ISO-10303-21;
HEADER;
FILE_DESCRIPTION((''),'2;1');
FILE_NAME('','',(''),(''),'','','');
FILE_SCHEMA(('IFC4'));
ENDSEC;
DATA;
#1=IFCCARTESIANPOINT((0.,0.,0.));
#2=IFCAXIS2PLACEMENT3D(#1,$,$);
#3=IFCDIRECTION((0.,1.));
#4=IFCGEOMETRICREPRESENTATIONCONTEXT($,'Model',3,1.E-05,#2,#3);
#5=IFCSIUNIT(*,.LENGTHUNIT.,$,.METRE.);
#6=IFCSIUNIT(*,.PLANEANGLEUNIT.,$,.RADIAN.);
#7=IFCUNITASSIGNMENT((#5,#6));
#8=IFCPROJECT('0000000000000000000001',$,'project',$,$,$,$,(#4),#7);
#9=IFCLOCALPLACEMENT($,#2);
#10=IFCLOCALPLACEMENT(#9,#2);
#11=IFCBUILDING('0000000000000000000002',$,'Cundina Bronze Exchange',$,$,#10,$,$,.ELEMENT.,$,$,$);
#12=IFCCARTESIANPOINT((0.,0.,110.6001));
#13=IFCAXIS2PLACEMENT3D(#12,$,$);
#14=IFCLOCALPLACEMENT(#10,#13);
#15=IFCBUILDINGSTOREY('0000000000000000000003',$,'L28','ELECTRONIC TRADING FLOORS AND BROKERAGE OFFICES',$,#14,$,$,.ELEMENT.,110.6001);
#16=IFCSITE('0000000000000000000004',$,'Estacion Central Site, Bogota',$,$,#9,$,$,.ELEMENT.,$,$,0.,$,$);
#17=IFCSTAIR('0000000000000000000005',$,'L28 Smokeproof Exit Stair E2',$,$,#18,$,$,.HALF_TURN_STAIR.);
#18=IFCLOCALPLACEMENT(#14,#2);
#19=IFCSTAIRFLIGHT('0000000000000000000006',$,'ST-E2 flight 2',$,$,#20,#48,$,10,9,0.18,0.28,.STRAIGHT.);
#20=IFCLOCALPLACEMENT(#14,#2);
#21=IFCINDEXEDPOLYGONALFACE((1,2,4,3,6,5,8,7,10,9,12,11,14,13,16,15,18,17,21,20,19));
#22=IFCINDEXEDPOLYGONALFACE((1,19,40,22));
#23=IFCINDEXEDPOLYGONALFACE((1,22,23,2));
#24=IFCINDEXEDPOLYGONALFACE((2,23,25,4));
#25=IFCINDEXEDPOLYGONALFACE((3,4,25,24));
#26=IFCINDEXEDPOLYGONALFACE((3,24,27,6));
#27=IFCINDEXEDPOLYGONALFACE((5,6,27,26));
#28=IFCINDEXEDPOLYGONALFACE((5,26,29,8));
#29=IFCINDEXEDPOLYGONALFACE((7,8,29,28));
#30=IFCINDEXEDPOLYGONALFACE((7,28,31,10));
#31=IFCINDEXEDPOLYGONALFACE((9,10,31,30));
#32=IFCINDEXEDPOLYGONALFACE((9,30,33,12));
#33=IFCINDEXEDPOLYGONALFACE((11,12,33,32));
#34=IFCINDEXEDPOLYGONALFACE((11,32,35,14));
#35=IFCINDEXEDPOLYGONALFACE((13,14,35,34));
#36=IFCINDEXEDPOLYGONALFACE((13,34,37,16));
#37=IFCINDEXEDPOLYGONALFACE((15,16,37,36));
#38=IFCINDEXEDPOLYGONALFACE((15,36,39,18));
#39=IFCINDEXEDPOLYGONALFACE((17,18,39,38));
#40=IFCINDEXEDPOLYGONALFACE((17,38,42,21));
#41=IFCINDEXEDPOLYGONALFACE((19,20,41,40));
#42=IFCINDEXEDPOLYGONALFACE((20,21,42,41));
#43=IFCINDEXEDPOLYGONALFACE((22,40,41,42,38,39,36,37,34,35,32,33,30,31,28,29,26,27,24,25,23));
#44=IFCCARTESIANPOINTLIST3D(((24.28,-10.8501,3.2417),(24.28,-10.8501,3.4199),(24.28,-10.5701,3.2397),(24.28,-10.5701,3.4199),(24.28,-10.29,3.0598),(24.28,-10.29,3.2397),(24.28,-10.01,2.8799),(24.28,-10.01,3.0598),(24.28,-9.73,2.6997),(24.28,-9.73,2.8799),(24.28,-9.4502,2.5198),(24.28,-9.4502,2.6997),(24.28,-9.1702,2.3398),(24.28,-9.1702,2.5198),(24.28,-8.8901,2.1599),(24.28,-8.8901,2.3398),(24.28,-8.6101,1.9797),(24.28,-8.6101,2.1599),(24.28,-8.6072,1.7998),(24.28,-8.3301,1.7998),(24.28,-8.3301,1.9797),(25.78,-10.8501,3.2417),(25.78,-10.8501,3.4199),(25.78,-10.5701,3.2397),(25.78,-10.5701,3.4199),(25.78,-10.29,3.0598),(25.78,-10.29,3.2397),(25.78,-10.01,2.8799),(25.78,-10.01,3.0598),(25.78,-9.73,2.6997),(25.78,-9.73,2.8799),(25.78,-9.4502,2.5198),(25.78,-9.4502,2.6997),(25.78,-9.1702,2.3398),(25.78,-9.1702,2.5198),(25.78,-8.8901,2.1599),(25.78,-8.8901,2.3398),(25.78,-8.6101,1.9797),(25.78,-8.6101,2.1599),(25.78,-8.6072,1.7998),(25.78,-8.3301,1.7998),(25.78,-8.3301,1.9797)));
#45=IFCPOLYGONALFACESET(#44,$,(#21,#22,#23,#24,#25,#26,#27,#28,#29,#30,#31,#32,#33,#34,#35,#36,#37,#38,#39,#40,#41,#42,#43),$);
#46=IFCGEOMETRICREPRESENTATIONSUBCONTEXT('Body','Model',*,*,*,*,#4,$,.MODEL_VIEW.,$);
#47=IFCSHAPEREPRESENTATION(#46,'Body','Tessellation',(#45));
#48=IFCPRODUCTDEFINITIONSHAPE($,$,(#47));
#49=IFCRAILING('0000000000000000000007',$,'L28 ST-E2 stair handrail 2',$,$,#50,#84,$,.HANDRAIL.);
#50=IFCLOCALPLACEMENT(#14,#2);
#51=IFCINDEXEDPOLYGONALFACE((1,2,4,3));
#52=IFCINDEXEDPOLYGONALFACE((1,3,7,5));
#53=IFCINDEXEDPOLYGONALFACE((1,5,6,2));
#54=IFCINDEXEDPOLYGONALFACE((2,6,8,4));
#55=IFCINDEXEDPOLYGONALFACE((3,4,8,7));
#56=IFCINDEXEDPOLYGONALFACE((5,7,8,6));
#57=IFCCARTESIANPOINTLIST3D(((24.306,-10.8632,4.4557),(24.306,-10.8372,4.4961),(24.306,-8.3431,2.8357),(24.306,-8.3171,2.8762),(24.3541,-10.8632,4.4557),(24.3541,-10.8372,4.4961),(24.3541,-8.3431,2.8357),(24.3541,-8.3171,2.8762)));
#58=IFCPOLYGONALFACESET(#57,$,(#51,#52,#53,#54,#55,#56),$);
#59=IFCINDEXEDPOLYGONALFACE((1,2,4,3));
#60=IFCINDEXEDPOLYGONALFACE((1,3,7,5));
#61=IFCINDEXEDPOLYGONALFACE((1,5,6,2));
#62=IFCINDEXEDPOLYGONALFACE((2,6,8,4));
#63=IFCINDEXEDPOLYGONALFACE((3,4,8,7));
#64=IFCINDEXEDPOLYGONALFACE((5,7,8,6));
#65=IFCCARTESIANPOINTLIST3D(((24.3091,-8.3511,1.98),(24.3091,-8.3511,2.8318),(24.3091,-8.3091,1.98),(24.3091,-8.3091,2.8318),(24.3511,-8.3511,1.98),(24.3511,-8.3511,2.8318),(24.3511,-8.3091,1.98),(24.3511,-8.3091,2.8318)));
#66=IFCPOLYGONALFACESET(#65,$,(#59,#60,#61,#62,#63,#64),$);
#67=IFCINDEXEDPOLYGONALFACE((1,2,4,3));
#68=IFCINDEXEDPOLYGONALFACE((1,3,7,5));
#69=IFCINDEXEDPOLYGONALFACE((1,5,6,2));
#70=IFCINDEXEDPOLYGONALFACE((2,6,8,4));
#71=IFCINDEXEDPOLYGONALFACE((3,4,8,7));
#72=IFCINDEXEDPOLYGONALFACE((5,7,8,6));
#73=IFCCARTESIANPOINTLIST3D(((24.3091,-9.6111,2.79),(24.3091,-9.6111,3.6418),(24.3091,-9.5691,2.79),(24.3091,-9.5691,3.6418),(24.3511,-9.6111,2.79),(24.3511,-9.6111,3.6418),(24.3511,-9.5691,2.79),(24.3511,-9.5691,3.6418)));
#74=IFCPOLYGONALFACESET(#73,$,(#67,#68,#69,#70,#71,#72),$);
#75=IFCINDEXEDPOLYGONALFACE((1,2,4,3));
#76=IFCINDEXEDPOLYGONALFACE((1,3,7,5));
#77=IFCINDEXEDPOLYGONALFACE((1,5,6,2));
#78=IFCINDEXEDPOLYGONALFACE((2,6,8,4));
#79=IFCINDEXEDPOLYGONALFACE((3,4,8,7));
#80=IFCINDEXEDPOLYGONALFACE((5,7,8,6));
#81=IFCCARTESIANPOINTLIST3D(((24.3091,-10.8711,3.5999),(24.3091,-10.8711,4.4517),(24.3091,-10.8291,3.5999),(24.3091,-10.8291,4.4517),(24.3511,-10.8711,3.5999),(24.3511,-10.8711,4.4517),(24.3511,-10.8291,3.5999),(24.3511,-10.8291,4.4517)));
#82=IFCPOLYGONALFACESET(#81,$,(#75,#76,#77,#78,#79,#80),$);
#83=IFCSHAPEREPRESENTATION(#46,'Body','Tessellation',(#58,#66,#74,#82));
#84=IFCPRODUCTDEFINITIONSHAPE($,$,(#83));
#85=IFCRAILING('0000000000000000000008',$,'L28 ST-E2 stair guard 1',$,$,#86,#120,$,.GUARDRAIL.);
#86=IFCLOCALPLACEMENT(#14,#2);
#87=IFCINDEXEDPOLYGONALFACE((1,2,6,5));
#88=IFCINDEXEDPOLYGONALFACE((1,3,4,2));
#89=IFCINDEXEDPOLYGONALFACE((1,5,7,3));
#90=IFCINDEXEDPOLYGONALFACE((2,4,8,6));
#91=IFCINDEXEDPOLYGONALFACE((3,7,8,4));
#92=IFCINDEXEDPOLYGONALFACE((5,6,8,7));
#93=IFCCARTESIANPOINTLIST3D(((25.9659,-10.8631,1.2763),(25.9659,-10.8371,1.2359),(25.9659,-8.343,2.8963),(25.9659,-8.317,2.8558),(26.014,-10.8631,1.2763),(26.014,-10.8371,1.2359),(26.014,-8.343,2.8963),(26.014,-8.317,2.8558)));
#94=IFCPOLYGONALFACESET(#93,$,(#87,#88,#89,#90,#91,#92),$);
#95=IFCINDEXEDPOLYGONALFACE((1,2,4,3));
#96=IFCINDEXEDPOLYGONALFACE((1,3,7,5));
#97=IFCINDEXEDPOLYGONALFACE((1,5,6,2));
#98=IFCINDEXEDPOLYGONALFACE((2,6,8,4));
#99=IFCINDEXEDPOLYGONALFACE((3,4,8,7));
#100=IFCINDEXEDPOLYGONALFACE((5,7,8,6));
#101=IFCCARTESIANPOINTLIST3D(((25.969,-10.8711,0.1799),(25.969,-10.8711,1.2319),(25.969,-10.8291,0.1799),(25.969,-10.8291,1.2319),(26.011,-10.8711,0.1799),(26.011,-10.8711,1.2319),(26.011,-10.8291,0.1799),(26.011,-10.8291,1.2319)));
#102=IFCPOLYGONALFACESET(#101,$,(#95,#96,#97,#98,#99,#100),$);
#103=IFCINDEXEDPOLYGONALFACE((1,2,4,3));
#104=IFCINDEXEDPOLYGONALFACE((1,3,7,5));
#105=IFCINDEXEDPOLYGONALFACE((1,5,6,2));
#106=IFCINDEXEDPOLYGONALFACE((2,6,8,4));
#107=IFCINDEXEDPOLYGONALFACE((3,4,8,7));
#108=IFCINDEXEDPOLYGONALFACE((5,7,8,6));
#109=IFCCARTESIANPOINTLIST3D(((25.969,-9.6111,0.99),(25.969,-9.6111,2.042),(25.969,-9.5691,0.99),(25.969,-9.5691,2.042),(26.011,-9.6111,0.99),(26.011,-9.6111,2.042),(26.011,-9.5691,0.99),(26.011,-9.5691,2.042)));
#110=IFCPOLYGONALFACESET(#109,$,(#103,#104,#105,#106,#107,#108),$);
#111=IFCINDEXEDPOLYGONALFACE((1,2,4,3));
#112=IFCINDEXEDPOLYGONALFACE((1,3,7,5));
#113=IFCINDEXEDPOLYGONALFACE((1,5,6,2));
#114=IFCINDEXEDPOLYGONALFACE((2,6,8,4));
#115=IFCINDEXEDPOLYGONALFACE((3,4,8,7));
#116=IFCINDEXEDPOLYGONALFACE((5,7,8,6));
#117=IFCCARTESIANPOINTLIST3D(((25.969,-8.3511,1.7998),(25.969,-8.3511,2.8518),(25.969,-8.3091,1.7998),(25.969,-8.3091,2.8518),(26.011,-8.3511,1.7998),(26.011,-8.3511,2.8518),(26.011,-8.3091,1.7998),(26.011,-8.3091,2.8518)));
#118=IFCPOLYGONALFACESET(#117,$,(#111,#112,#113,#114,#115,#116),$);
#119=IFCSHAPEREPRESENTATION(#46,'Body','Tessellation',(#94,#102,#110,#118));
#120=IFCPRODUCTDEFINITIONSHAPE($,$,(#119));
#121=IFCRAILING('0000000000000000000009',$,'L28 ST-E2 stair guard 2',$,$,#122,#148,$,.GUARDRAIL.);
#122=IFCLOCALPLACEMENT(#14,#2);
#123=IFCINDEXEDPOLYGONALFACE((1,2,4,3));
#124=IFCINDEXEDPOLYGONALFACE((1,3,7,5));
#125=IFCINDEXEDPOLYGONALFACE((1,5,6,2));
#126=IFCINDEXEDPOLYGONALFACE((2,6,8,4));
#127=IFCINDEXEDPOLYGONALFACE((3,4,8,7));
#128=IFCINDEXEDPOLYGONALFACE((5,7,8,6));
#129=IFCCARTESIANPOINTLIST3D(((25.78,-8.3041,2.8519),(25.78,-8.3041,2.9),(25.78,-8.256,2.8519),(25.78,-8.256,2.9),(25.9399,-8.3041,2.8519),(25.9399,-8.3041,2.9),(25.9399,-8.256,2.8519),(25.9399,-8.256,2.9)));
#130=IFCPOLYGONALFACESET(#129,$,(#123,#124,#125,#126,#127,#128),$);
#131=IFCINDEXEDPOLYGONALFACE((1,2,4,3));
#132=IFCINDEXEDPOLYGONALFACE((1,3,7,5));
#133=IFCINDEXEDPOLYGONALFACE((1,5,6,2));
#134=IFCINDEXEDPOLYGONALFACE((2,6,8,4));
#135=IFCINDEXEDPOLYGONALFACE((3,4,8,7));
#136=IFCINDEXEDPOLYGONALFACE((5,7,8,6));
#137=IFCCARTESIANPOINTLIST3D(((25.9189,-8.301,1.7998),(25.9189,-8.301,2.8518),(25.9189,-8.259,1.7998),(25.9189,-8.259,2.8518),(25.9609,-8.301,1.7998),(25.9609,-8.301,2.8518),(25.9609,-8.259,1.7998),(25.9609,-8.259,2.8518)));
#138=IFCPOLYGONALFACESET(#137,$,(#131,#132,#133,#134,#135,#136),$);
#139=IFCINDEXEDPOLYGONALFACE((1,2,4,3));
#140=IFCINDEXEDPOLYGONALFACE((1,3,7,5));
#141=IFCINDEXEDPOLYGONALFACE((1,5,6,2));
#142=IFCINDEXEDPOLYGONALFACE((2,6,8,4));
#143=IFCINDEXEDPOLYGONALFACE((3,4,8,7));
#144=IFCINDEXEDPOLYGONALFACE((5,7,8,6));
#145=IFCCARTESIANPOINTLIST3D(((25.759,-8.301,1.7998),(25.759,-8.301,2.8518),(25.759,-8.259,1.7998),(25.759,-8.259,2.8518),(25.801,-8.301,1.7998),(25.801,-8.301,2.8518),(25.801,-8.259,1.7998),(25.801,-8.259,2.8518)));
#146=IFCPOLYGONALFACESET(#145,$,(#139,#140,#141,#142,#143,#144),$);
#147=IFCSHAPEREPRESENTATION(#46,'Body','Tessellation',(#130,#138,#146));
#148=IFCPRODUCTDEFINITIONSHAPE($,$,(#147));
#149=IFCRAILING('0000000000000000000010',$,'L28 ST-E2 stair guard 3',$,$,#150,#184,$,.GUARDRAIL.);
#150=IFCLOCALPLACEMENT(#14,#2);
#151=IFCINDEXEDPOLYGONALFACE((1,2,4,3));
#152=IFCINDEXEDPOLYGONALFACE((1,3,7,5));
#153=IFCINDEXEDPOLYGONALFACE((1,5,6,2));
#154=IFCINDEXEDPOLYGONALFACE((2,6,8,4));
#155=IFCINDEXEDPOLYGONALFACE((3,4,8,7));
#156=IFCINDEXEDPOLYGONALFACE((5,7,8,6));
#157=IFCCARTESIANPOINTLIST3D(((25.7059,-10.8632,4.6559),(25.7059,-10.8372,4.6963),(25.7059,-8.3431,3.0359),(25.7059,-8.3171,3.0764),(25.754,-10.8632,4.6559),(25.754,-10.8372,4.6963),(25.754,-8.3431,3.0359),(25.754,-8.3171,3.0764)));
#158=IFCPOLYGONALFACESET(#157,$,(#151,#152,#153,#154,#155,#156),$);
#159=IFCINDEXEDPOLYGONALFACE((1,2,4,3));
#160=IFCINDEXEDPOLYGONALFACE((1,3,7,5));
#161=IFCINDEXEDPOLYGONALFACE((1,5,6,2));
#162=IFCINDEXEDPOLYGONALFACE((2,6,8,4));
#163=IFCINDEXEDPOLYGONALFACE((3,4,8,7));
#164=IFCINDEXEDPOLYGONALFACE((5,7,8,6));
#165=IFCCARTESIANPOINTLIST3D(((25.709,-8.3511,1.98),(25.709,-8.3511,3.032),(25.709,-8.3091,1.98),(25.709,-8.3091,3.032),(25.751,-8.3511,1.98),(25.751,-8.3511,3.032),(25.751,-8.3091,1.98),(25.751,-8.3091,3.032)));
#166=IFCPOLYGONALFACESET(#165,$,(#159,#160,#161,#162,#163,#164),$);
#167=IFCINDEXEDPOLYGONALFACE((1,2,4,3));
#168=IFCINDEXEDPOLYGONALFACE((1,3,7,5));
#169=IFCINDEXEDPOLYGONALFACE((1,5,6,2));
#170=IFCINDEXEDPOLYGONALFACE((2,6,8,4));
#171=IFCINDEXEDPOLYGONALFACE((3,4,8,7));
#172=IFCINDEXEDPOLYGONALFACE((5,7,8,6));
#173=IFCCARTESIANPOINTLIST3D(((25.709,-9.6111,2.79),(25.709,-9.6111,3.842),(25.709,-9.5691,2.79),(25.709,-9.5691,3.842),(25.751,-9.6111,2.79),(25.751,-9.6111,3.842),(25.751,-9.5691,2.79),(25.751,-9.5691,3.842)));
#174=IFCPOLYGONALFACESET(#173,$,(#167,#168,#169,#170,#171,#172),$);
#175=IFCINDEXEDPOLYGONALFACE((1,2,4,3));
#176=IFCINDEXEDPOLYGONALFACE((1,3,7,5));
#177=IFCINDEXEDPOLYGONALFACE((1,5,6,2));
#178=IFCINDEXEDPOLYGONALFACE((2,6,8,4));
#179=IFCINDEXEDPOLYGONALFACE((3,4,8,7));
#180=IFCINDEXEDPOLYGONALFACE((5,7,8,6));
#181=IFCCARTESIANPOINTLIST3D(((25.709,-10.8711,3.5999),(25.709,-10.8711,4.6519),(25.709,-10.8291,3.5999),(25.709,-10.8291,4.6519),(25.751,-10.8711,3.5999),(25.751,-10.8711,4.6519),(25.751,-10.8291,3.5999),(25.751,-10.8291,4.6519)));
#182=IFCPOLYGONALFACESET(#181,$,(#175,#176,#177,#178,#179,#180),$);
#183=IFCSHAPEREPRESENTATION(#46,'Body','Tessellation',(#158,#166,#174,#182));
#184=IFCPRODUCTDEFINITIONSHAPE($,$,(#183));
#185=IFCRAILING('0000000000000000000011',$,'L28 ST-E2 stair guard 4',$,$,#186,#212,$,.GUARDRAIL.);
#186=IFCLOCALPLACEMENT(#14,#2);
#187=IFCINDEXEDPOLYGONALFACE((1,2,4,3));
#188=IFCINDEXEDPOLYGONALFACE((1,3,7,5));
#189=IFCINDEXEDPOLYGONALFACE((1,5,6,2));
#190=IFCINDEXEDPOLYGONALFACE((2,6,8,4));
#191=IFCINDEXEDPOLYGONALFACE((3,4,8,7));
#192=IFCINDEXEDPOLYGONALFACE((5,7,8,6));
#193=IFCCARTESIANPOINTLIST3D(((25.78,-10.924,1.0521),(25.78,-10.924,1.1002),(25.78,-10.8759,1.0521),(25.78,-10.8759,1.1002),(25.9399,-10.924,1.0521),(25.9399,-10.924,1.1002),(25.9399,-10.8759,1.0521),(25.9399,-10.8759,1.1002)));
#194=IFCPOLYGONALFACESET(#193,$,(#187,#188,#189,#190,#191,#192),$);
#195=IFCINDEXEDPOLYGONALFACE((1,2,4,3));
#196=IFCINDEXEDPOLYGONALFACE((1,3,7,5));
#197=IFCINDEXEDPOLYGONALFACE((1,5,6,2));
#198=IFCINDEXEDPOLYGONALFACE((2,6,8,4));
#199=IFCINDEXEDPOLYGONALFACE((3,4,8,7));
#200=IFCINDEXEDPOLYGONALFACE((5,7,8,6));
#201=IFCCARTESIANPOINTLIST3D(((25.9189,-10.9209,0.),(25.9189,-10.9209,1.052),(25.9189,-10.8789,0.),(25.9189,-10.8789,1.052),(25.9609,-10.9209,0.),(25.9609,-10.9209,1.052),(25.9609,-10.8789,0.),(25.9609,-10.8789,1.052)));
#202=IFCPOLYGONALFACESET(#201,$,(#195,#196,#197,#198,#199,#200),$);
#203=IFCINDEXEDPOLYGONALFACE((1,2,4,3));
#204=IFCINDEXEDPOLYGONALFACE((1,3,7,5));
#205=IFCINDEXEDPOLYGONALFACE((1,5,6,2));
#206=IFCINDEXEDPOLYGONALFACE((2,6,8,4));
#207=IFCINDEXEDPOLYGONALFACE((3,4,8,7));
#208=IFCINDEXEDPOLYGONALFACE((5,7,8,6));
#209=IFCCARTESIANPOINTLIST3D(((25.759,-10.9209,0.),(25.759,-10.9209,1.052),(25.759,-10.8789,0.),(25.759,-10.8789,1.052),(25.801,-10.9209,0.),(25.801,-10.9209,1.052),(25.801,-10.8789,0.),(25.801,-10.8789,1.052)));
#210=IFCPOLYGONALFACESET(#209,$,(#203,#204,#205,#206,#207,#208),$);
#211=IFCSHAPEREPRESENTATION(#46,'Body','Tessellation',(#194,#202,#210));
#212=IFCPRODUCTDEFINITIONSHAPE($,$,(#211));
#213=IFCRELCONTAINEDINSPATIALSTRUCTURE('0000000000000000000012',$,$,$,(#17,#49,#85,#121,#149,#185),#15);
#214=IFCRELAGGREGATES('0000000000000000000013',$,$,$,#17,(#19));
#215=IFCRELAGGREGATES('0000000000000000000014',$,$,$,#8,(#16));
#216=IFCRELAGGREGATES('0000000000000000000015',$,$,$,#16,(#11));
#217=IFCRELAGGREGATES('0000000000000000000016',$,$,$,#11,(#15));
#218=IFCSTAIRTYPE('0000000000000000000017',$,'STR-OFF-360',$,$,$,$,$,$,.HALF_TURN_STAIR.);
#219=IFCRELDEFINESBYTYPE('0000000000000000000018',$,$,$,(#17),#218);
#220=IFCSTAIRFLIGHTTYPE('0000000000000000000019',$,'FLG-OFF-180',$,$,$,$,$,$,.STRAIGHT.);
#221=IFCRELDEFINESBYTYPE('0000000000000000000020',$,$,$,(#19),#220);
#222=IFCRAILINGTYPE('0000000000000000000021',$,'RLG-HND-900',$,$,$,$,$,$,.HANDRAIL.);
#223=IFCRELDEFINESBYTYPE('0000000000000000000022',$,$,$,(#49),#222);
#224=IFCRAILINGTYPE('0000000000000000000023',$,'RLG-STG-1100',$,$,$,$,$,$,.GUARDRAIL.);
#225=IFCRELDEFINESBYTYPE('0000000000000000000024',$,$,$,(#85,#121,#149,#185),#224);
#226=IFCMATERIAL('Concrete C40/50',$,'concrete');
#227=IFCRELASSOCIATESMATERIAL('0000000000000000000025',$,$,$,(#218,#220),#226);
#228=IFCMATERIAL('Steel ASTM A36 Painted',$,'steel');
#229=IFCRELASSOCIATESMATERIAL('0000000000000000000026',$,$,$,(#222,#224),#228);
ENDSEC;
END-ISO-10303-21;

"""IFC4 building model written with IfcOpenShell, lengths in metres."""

from ifc_helpers import new_model, si_unit, direction, frame, origin, origin_2d, place, context, subcontext, project, spatial, polyline, rectangle, outline, extrude, material, type_object, element, aggregate, save


model = new_model("IFC4")

# Units and contexts
model_context = context("Model", 3, precision=1e-05, world=origin(), true_north=direction((0.0, 1.0)))
body_context = subcontext(model_context, "Body", "Model", "MODEL_VIEW")
ifc_project = project(units=[si_unit("LENGTHUNIT", "METRE"), si_unit("PLANEANGLEUNIT", "RADIAN")], contexts=[model_context])

# Site, building, storey
site_placement = place(None, origin())
site = spatial("IfcSite", under=ifc_project, at=site_placement, Name="Estacion Central Site, Bogota", CompositionType="ELEMENT", RefElevation=0.0)
building_placement = place(site_placement, origin())
building = spatial("IfcBuilding", under=site, at=building_placement, Name="Cundina Bronze Exchange", CompositionType="ELEMENT")
storey_placement = place(building_placement, frame((0.0, 0.0, 110.6001)))
storey = spatial("IfcBuildingStorey", under=building, at=storey_placement, Name="L28", Description="ELECTRONIC TRADING FLOORS AND BROKERAGE OFFICES", CompositionType="ELEMENT", Elevation=110.6001)

# Shared definitions
ifc_material_1 = material(Name="Steel ASTM A36 Painted", Category="steel")

# Stair, stair flight
ifc_material_2 = material(Name="Concrete C40/50", Category="concrete")
stair_type = type_object("IfcStairType", Name="STR-OFF-360", PredefinedType="HALF_TURN_STAIR", material=ifc_material_2)
stair_placement = place(storey_placement, origin())
stair = element("IfcStair", 1, at=stair_placement, inside=storey, type_object=stair_type, Name="L28 Smokeproof Exit Stair E2", PredefinedType="HALF_TURN_STAIR")
stair_flight_type = type_object("IfcStairFlightType", Name="FLG-OFF-180", PredefinedType="STRAIGHT", material=ifc_material_2)
stair_flight_1_placement = place(storey_placement, frame((25.03, -8.3301, 1.7998), z_axis=(0.0, 0.0, 1.0), x_axis=(0.0, -1.0, 0.0)))
stair_flight_1 = element("IfcStairFlight", 2, at=stair_flight_1_placement, type_object=stair_flight_type, Name="ST-E2 flight 2", NumberOfRisers=10, NumberOfTreads=9, PredefinedType="STRAIGHT", RiserHeight=0.18, TreadLength=0.28, context=body_context, shape_type="SweptSolid", body=[
    extrude(outline(polyline([(0.0, 0.0), (0.0, 0.1799), (0.28, 0.1799), (0.28, 0.3601), (0.5601, 0.3601), (0.5601, 0.54), (0.8401, 0.54), (0.8401, 0.72), (1.1201, 0.72), (1.1201, 0.8999), (1.3999, 0.8999), (1.3999, 1.0801), (1.6799, 1.0801), (1.6799, 1.26), (1.96, 1.26), (1.96, 1.4399), (2.24, 1.4399), (2.24, 1.6201), (2.52, 1.6201), (2.52, 1.8), (2.52, 1.4419), (0.2771, 0.0), (0.0, 0.0)])), frame((0.0, 0.75, 0.0), z_axis=(0.0, -1.0, 0.0), x_axis=(1.0, 0.0, 0.0)), (0.0, 0.0, 1.0), 1.5),
])
aggregate(stair, [stair_flight_1])

# Railings
railing_type_1 = type_object("IfcRailingType", Name="RLG-HND-900", PredefinedType="HANDRAIL", material=ifc_material_1)
railing_1_placement = place(storey_placement, frame((24.3301, -8.3301, 1.98)))
element("IfcRailing", 3, at=railing_1_placement, inside=storey, type_object=railing_type_1, Name="L28 ST-E2 stair handrail 2", PredefinedType="HANDRAIL", context=body_context, shape_type="SweptSolid", body=[
    extrude(rectangle(XDim=0.0481, YDim=0.0481, at=origin_2d()), frame((0.0, 0.0, 0.876), z_axis=(0.0, -0.8412, 0.540725), x_axis=(1.0, 0.0, 0.0)), (0.0, 0.0, 1.0), 2.9958),
    extrude(rectangle(XDim=0.042, YDim=0.042, at=origin_2d()), origin(), (0.0, 0.0, 1.0), 0.8518),
    extrude(rectangle(XDim=0.042, YDim=0.042, at=origin_2d()), frame((0.0, -1.26, 0.8101)), (0.0, 0.0, 1.0), 0.8518),
    extrude(rectangle(XDim=0.042, YDim=0.042, at=origin_2d()), frame((0.0, -2.52, 1.6199)), (0.0, 0.0, 1.0), 0.8518),
])
railing_type_2 = type_object("IfcRailingType", Name="RLG-STG-1100", PredefinedType="GUARDRAIL", material=ifc_material_1)
railing_2_placement = place(storey_placement, frame((25.99, -10.8501, 0.1799)))
element("IfcRailing", 4, at=railing_2_placement, inside=storey, type_object=railing_type_2, Name="L28 ST-E2 stair guard 1", PredefinedType="GUARDRAIL", context=body_context, shape_type="SweptSolid", body=[
    extrude(rectangle(XDim=0.0481, YDim=0.0481, at=origin_2d()), frame((0.0, 0.0, 1.0762), z_axis=(0.0, 0.8412, 0.540725), x_axis=(-1.0, 0.0, 0.0)), (0.0, 0.0, 1.0), 2.9958),
    extrude(rectangle(XDim=0.042, YDim=0.042, at=origin_2d()), origin(), (0.0, 0.0, 1.0), 1.052),
    extrude(rectangle(XDim=0.042, YDim=0.042, at=origin_2d()), frame((0.0, 1.26, 0.8101)), (0.0, 0.0, 1.0), 1.052),
    extrude(rectangle(XDim=0.042, YDim=0.042, at=origin_2d()), frame((0.0, 2.52, 1.6199)), (0.0, 0.0, 1.0), 1.052),
])
railing_3_placement = place(storey_placement, frame((25.9399, -8.28, 1.7998)))
element("IfcRailing", 5, at=railing_3_placement, inside=storey, type_object=railing_type_2, Name="L28 ST-E2 stair guard 2", PredefinedType="GUARDRAIL", context=body_context, shape_type="SweptSolid", body=[
    extrude(rectangle(XDim=0.0481, YDim=0.0481, at=origin_2d()), frame((0.0, 0.0, 1.0762), z_axis=(-1.0, 0.0, 0.0), x_axis=(0.0, -1.0, 0.0)), (0.0, 0.0, 1.0), 0.1599),
    extrude(rectangle(XDim=0.042, YDim=0.042, at=origin_2d()), origin(), (0.0, 0.0, 1.0), 1.052),
    extrude(rectangle(XDim=0.042, YDim=0.042, at=origin_2d()), frame((-0.1599, 0.0, 0.0)), (0.0, 0.0, 1.0), 1.052),
])
railing_4_placement = place(storey_placement, frame((25.73, -8.3301, 1.98)))
element("IfcRailing", 6, at=railing_4_placement, inside=storey, type_object=railing_type_2, Name="L28 ST-E2 stair guard 3", PredefinedType="GUARDRAIL", context=body_context, shape_type="SweptSolid", body=[
    extrude(rectangle(XDim=0.0481, YDim=0.0481, at=origin_2d()), frame((0.0, 0.0, 1.0762), z_axis=(0.0, -0.8412, 0.540725), x_axis=(1.0, 0.0, 0.0)), (0.0, 0.0, 1.0), 2.9958),
    extrude(rectangle(XDim=0.042, YDim=0.042, at=origin_2d()), origin(), (0.0, 0.0, 1.0), 1.052),
    extrude(rectangle(XDim=0.042, YDim=0.042, at=origin_2d()), frame((0.0, -1.26, 0.8101)), (0.0, 0.0, 1.0), 1.052),
    extrude(rectangle(XDim=0.042, YDim=0.042, at=origin_2d()), frame((0.0, -2.52, 1.6199)), (0.0, 0.0, 1.0), 1.052),
])
railing_5_placement = place(storey_placement, frame((25.9399, -10.8999, 0.0)))
element("IfcRailing", 7, at=railing_5_placement, inside=storey, type_object=railing_type_2, Name="L28 ST-E2 stair guard 4", PredefinedType="GUARDRAIL", context=body_context, shape_type="SweptSolid", body=[
    extrude(rectangle(XDim=0.0481, YDim=0.0481, at=origin_2d()), frame((0.0, 0.0, 1.0762), z_axis=(-1.0, 0.0, 0.0), x_axis=(0.0, -1.0, 0.0)), (0.0, 0.0, 1.0), 0.1599),
    extrude(rectangle(XDim=0.042, YDim=0.042, at=origin_2d()), origin(), (0.0, 0.0, 1.0), 1.052),
    extrude(rectangle(XDim=0.042, YDim=0.042, at=origin_2d()), frame((-0.1599, 0.0, 0.0)), (0.0, 0.0, 1.0), 1.052),
])

save(model, "model.ifc")
